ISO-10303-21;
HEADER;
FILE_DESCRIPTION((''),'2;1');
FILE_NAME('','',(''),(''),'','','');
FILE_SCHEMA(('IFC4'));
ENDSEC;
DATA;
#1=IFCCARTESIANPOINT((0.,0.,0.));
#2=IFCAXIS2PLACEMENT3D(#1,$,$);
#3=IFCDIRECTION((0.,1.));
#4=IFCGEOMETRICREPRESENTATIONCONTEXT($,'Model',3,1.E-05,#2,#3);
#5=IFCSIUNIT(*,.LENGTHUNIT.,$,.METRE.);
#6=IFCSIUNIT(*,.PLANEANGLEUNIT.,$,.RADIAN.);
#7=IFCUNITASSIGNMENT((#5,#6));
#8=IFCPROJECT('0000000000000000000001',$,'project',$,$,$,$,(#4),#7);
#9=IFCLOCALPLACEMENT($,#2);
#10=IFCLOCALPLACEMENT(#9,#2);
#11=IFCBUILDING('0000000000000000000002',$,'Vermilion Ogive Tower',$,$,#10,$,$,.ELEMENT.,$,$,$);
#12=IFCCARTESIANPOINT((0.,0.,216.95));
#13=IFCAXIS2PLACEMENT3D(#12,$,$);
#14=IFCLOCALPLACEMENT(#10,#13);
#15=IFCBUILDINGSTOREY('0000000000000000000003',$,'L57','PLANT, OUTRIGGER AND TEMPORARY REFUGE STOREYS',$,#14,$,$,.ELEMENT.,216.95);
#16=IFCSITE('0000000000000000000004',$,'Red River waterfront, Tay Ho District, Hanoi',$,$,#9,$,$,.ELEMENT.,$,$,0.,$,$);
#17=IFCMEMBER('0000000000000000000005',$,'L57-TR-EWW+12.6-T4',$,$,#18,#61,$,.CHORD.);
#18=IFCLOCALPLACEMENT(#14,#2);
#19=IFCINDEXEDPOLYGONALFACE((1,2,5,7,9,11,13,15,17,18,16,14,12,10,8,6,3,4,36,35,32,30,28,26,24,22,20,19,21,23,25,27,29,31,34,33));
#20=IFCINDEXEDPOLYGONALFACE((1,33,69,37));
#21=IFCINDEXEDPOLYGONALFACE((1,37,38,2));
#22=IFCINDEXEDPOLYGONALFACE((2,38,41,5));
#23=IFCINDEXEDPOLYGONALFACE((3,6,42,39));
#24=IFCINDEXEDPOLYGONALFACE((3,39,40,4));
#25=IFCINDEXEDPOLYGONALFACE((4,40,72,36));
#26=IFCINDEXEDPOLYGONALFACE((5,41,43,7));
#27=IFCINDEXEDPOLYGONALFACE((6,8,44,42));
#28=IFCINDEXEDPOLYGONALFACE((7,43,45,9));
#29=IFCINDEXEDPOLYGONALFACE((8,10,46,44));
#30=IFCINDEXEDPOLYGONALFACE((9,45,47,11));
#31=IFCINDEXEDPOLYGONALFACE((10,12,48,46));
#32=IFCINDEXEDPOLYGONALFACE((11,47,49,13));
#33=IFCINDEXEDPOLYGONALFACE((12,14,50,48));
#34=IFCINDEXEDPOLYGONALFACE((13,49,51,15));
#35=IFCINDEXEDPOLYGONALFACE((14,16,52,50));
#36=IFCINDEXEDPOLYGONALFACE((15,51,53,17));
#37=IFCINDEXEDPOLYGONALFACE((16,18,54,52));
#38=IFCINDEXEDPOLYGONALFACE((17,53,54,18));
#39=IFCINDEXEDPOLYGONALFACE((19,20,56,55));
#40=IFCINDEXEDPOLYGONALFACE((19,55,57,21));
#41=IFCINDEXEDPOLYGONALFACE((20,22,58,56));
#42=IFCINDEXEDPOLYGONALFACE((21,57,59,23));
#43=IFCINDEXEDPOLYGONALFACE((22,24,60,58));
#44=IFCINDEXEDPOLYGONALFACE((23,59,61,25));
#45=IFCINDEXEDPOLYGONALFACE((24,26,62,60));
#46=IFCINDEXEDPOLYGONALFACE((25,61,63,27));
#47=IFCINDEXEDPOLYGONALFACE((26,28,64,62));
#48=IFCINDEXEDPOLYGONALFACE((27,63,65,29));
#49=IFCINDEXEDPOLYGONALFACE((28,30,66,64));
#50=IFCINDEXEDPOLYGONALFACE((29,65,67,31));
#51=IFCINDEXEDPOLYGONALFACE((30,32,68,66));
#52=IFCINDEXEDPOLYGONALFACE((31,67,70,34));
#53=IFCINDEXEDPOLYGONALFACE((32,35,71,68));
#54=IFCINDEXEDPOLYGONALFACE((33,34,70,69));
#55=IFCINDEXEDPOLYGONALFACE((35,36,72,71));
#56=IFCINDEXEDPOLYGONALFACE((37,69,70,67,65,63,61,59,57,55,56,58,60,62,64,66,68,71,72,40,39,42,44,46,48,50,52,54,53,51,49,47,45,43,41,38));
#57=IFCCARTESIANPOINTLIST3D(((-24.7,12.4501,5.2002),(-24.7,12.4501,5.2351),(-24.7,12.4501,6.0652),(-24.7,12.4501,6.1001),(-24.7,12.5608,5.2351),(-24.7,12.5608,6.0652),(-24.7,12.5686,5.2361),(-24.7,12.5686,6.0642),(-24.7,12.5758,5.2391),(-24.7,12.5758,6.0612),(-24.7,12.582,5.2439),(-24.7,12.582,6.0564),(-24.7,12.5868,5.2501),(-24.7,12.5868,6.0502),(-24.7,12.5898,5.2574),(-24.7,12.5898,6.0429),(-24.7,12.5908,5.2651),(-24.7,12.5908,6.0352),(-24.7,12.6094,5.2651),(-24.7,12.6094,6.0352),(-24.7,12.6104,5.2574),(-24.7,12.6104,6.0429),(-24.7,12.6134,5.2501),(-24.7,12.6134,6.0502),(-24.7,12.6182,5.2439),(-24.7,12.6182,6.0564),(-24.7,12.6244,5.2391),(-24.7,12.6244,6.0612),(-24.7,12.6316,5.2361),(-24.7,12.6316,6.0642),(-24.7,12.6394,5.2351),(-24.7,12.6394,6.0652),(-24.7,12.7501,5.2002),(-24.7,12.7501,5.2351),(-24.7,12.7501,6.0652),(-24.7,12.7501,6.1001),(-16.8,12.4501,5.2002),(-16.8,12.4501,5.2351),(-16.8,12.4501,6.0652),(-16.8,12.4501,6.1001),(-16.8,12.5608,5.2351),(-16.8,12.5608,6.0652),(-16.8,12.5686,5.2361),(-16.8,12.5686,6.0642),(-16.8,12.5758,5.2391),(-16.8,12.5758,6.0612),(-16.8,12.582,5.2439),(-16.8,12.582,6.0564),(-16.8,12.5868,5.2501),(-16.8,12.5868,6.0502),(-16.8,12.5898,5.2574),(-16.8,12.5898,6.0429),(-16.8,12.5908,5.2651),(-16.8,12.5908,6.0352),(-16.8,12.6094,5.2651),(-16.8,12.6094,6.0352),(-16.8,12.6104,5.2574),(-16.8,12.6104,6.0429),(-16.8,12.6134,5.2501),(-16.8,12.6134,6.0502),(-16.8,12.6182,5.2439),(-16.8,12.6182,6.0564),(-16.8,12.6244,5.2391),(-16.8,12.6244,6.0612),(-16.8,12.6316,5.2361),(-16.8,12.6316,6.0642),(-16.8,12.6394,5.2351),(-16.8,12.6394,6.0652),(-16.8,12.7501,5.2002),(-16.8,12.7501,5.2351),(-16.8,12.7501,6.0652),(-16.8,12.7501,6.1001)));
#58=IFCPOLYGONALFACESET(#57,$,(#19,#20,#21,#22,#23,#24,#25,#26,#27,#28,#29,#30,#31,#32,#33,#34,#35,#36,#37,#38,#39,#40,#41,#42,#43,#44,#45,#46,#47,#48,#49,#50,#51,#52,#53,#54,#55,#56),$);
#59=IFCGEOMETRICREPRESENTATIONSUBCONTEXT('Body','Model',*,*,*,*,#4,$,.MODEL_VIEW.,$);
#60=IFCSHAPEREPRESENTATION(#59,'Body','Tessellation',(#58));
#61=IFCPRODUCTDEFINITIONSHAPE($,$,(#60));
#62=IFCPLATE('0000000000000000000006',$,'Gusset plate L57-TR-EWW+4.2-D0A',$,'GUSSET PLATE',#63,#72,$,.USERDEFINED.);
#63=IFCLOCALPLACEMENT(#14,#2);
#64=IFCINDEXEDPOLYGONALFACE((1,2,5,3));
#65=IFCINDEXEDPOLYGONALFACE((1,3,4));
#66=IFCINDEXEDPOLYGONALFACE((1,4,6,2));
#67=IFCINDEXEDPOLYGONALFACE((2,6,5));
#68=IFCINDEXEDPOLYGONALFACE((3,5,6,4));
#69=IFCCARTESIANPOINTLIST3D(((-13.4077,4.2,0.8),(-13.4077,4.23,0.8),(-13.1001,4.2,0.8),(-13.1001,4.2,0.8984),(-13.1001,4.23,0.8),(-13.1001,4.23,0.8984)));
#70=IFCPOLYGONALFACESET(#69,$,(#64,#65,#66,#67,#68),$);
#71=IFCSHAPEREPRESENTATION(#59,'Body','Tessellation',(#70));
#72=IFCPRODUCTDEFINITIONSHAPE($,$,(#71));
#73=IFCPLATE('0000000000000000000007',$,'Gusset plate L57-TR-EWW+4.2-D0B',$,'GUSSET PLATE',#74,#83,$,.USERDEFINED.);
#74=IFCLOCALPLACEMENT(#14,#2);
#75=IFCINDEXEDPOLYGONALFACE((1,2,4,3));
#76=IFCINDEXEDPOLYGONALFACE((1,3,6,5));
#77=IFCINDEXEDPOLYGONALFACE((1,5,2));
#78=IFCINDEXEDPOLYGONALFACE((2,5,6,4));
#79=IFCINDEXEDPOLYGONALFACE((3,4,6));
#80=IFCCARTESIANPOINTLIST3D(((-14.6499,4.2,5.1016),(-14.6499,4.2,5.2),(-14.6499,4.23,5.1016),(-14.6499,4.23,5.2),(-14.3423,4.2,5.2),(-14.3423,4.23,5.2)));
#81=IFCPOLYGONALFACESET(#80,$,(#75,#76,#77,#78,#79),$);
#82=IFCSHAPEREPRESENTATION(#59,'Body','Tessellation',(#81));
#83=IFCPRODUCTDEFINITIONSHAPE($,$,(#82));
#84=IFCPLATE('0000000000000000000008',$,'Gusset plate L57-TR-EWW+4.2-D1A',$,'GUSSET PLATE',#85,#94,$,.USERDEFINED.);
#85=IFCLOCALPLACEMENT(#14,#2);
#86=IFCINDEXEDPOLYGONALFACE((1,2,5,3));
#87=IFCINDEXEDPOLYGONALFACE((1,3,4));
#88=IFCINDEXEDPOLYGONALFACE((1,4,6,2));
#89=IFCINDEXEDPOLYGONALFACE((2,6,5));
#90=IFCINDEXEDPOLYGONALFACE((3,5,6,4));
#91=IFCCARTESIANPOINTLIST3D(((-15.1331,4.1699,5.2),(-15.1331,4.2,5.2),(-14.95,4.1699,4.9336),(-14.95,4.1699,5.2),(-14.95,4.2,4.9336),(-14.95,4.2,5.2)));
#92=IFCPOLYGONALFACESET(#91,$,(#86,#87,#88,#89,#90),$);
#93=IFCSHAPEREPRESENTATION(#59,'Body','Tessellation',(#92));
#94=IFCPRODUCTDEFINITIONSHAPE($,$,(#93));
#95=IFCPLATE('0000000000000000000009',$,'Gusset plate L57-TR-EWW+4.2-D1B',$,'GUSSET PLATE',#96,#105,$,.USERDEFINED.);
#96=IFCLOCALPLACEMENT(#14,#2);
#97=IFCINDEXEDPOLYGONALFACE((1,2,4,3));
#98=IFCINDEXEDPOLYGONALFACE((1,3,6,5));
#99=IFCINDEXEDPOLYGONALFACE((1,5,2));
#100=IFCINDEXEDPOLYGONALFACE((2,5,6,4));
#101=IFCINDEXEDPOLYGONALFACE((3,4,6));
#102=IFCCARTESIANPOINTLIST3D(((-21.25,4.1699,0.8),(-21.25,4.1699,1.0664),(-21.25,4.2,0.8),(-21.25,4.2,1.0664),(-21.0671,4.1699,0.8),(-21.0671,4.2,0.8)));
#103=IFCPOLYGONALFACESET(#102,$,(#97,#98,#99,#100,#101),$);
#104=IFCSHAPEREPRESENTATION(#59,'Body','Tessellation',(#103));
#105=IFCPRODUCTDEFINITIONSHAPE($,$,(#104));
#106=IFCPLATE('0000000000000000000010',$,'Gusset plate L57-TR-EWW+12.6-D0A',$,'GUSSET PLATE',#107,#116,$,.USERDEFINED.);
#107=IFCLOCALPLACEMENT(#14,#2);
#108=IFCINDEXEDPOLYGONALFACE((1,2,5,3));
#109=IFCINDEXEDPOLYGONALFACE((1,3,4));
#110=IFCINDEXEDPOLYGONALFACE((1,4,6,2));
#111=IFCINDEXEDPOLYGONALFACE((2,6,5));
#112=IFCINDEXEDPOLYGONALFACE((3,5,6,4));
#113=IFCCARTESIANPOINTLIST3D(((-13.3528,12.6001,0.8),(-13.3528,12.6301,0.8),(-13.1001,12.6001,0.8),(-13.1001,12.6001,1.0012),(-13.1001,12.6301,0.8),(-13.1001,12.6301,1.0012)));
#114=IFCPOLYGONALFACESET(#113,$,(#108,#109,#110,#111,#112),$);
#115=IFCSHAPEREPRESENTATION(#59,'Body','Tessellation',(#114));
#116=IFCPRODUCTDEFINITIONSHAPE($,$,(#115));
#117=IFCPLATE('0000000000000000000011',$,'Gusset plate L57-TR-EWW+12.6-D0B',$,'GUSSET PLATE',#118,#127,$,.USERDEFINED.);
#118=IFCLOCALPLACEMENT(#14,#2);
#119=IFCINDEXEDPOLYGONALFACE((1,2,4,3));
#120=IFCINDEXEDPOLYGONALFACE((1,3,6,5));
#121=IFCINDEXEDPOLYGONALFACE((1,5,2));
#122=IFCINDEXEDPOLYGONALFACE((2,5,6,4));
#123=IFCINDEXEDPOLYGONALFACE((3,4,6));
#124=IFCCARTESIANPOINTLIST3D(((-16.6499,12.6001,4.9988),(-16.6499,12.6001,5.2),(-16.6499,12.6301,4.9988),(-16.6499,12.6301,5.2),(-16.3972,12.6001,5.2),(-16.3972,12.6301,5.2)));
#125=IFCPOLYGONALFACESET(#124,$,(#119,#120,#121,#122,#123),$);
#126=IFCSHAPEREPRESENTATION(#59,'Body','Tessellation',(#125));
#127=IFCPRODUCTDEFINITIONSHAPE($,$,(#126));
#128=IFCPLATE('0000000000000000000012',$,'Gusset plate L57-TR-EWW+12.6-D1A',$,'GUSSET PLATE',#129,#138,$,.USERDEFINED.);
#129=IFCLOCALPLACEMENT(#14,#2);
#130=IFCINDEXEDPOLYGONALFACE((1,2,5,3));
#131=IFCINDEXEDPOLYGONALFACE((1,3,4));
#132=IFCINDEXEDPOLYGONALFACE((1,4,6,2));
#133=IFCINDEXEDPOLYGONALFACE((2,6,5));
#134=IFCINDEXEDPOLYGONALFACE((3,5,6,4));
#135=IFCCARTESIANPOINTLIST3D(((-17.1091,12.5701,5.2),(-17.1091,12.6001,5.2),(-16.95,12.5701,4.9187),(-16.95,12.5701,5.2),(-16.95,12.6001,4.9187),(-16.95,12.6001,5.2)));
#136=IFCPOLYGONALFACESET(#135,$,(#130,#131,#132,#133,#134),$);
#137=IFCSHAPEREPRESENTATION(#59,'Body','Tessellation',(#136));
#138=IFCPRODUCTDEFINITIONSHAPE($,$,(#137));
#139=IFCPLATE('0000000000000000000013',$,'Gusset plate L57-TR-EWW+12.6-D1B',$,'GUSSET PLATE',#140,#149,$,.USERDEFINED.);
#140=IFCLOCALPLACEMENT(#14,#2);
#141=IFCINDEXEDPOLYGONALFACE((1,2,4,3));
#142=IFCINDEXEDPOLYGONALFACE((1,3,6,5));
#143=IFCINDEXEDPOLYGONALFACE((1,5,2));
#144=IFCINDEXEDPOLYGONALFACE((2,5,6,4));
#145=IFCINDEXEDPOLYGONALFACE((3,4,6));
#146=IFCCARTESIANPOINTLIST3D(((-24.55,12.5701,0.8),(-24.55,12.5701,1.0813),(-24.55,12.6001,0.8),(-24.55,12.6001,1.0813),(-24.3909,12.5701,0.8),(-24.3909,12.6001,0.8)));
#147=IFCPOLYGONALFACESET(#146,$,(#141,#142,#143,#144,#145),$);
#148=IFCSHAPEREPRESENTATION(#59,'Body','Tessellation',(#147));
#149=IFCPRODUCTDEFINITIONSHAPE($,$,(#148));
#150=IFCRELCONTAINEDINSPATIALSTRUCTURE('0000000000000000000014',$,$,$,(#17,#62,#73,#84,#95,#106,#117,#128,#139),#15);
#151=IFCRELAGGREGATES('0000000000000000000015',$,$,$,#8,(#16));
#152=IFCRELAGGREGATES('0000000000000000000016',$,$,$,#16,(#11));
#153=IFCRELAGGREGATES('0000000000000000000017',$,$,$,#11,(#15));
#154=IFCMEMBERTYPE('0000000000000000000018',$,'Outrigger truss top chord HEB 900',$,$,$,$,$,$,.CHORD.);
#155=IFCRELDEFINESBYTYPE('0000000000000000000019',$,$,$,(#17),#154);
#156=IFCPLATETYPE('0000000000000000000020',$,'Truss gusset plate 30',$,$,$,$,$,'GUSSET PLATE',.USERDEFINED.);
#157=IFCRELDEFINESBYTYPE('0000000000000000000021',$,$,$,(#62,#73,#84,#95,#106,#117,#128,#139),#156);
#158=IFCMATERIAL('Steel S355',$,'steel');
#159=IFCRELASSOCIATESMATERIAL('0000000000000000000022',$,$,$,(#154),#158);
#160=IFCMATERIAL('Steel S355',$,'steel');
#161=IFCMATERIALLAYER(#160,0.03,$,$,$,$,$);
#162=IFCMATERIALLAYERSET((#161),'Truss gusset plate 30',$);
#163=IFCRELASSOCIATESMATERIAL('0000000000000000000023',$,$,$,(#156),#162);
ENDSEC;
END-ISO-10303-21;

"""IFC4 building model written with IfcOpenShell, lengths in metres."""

from ifc_helpers import new_model, si_unit, direction, frame, origin, origin_2d, place, context, subcontext, project, spatial, polyline, i_section, outline, extrude, material, layer, layer_set, material_profile, profile_set, type_object, element, save


model = new_model("IFC4")

# Units and contexts
model_context = context("Model", 3, precision=1e-05, world=origin(), true_north=direction((0.0, 1.0)))
body_context = subcontext(model_context, "Body", "Model", "MODEL_VIEW")
ifc_project = project(units=[si_unit("LENGTHUNIT", "METRE"), si_unit("PLANEANGLEUNIT", "RADIAN")], contexts=[model_context])

# Site, building, storey
site_placement = place(None, origin())
site = spatial("IfcSite", under=ifc_project, at=site_placement, Name="Red River waterfront, Tay Ho District, Hanoi", CompositionType="ELEMENT", RefElevation=0.0)
building_placement = place(site_placement, origin())
building = spatial("IfcBuilding", under=site, at=building_placement, Name="Vermilion Ogive Tower", CompositionType="ELEMENT")
storey_placement = place(building_placement, frame((0.0, 0.0, 216.95)))
storey = spatial("IfcBuildingStorey", under=building, at=storey_placement, Name="L57", Description="PLANT, OUTRIGGER AND TEMPORARY REFUGE STOREYS", CompositionType="ELEMENT", Elevation=216.95)

# Member
ifc_material_1 = material(Name="Steel S355", Category="steel")
ifc_material_profile_1 = material_profile(ifc_material_1, i_section(OverallWidth=0.3, OverallDepth=0.8999, WebThickness=0.0186, FlangeThickness=0.0349, FilletRadius=0.03, at=origin_2d()), Name="HEB 900")
ifc_profile_set_1 = profile_set([ifc_material_profile_1], Name="Steel S355")
member_type_1 = type_object("IfcMemberType", Name="Outrigger truss top chord HEB 900", PredefinedType="CHORD", material=ifc_profile_set_1)
member_1_placement = place(storey_placement, frame((-16.8, 12.6001, 5.6501), z_axis=(-1.0, 0.0, 0.0), x_axis=(0.0, -1.0, 0.0)))
element("IfcMember", 1, at=member_1_placement, inside=storey, type_object=member_type_1, Name="L57-TR-EWW+12.6-T4", PredefinedType="CHORD", context=body_context, shape_type="SweptSolid", body=[
    extrude(i_section(OverallWidth=0.3, OverallDepth=0.8999, WebThickness=0.0186, FlangeThickness=0.0349, FilletRadius=0.03, at=origin_2d()), origin(), (0.0, 0.0, 1.0), 7.8999),
])

# Plates
ifc_material_2 = material(Name="Steel S355", Category="steel")
ifc_layer = layer(ifc_material_2, 0.03)
ifc_layer_set = layer_set([ifc_layer], Name="Truss gusset plate 30")
plate_type = type_object("IfcPlateType", Name="Truss gusset plate 30", ElementType="GUSSET PLATE", PredefinedType="USERDEFINED", material=ifc_layer_set)
for number, where, z_axis, x_axis, name in (
    (2, (-13.1001, 4.2, 0.8984), (0.0, -1.0, 0.0), (-0.952468, 0.0, -0.304639), "Gusset plate L57-TR-EWW+4.2-D0A"),
    (3, (-14.6499, 4.2, 5.1016), (0.0, -1.0, 0.0), (0.952468, 0.0, 0.304639), "Gusset plate L57-TR-EWW+4.2-D0B"),
):
    element("IfcPlate", number, at=place(storey_placement, frame(where, z_axis=z_axis, x_axis=x_axis)), inside=storey, type_object=plate_type, Name=name, ObjectType="GUSSET PLATE", PredefinedType="USERDEFINED", context=body_context, shape_type="SweptSolid", body=[
        extrude(outline(polyline([(0.0, 0.0), (0.323, 0.0), (0.03, 0.0937), (0.0, 0.0)])), origin(), (0.0, 0.0, -1.0), 0.03),
    ])
plate_1_placement = place(storey_placement, frame((-14.95, 4.2, 4.9336), z_axis=(0.0, 1.0, 0.0), x_axis=(-0.566497, 0.0, 0.824064)))
element("IfcPlate", 4, at=plate_1_placement, inside=storey, type_object=plate_type, Name="Gusset plate L57-TR-EWW+4.2-D1A", ObjectType="GUSSET PLATE", PredefinedType="USERDEFINED", context=body_context, shape_type="SweptSolid", body=[
    extrude(outline(polyline([(0.0, 0.0), (0.3232, 0.0), (0.2195, 0.1509), (0.0, 0.0)])), origin(), (0.0, 0.0, -1.0), 0.03),
])
plate_2_placement = place(storey_placement, frame((-21.25, 4.2, 1.0664), z_axis=(0.0, 1.0, 0.0), x_axis=(0.565984, 0.0, -0.824417)))
element("IfcPlate", 5, at=plate_2_placement, inside=storey, type_object=plate_type, Name="Gusset plate L57-TR-EWW+4.2-D1B", ObjectType="GUSSET PLATE", PredefinedType="USERDEFINED", context=body_context, shape_type="SweptSolid", body=[
    extrude(outline(polyline([(0.0, 0.0), (0.3231, 0.0), (0.2196, 0.1508), (0.0, 0.0)])), origin(), (0.0, 0.0, -1.0), 0.03),
])
for number, where, z_axis, x_axis, name in (
    (6, (-13.1001, 12.6001, 1.0012), (0.0, -1.0, 0.0), (-0.782342, 0.0, -0.62285), "Gusset plate L57-TR-EWW+12.6-D0A"),
    (7, (-16.6499, 12.6001, 4.9988), (0.0, -1.0, 0.0), (0.782342, 0.0, 0.62285), "Gusset plate L57-TR-EWW+12.6-D0B"),
):
    element("IfcPlate", number, at=place(storey_placement, frame(where, z_axis=z_axis, x_axis=x_axis)), inside=storey, type_object=plate_type, Name=name, ObjectType="GUSSET PLATE", PredefinedType="USERDEFINED", context=body_context, shape_type="SweptSolid", body=[
        extrude(outline(polyline([(0.0, 0.0), (0.323, 0.0), (0.1253, 0.1574), (0.0, 0.0)])), origin(), (0.0, 0.0, -1.0), 0.03),
    ])
for number, where, z_axis, x_axis, name in (
    (8, (-16.95, 12.6001, 4.9187), (0.0, 1.0, 0.0), (-0.492555, 0.0, 0.870281), "Gusset plate L57-TR-EWW+12.6-D1A"),
    (9, (-24.55, 12.6001, 1.0813), (0.0, 1.0, 0.0), (0.492555, 0.0, -0.870281), "Gusset plate L57-TR-EWW+12.6-D1B"),
):
    element("IfcPlate", number, at=place(storey_placement, frame(where, z_axis=z_axis, x_axis=x_axis)), inside=storey, type_object=plate_type, Name=name, ObjectType="GUSSET PLATE", PredefinedType="USERDEFINED", context=body_context, shape_type="SweptSolid", body=[
        extrude(outline(polyline([(0.0, 0.0), (0.3232, 0.0), (0.2448, 0.1385), (0.0, 0.0)])), origin(), (0.0, 0.0, -1.0), 0.03),
    ])

save(model, "model.ifc")
